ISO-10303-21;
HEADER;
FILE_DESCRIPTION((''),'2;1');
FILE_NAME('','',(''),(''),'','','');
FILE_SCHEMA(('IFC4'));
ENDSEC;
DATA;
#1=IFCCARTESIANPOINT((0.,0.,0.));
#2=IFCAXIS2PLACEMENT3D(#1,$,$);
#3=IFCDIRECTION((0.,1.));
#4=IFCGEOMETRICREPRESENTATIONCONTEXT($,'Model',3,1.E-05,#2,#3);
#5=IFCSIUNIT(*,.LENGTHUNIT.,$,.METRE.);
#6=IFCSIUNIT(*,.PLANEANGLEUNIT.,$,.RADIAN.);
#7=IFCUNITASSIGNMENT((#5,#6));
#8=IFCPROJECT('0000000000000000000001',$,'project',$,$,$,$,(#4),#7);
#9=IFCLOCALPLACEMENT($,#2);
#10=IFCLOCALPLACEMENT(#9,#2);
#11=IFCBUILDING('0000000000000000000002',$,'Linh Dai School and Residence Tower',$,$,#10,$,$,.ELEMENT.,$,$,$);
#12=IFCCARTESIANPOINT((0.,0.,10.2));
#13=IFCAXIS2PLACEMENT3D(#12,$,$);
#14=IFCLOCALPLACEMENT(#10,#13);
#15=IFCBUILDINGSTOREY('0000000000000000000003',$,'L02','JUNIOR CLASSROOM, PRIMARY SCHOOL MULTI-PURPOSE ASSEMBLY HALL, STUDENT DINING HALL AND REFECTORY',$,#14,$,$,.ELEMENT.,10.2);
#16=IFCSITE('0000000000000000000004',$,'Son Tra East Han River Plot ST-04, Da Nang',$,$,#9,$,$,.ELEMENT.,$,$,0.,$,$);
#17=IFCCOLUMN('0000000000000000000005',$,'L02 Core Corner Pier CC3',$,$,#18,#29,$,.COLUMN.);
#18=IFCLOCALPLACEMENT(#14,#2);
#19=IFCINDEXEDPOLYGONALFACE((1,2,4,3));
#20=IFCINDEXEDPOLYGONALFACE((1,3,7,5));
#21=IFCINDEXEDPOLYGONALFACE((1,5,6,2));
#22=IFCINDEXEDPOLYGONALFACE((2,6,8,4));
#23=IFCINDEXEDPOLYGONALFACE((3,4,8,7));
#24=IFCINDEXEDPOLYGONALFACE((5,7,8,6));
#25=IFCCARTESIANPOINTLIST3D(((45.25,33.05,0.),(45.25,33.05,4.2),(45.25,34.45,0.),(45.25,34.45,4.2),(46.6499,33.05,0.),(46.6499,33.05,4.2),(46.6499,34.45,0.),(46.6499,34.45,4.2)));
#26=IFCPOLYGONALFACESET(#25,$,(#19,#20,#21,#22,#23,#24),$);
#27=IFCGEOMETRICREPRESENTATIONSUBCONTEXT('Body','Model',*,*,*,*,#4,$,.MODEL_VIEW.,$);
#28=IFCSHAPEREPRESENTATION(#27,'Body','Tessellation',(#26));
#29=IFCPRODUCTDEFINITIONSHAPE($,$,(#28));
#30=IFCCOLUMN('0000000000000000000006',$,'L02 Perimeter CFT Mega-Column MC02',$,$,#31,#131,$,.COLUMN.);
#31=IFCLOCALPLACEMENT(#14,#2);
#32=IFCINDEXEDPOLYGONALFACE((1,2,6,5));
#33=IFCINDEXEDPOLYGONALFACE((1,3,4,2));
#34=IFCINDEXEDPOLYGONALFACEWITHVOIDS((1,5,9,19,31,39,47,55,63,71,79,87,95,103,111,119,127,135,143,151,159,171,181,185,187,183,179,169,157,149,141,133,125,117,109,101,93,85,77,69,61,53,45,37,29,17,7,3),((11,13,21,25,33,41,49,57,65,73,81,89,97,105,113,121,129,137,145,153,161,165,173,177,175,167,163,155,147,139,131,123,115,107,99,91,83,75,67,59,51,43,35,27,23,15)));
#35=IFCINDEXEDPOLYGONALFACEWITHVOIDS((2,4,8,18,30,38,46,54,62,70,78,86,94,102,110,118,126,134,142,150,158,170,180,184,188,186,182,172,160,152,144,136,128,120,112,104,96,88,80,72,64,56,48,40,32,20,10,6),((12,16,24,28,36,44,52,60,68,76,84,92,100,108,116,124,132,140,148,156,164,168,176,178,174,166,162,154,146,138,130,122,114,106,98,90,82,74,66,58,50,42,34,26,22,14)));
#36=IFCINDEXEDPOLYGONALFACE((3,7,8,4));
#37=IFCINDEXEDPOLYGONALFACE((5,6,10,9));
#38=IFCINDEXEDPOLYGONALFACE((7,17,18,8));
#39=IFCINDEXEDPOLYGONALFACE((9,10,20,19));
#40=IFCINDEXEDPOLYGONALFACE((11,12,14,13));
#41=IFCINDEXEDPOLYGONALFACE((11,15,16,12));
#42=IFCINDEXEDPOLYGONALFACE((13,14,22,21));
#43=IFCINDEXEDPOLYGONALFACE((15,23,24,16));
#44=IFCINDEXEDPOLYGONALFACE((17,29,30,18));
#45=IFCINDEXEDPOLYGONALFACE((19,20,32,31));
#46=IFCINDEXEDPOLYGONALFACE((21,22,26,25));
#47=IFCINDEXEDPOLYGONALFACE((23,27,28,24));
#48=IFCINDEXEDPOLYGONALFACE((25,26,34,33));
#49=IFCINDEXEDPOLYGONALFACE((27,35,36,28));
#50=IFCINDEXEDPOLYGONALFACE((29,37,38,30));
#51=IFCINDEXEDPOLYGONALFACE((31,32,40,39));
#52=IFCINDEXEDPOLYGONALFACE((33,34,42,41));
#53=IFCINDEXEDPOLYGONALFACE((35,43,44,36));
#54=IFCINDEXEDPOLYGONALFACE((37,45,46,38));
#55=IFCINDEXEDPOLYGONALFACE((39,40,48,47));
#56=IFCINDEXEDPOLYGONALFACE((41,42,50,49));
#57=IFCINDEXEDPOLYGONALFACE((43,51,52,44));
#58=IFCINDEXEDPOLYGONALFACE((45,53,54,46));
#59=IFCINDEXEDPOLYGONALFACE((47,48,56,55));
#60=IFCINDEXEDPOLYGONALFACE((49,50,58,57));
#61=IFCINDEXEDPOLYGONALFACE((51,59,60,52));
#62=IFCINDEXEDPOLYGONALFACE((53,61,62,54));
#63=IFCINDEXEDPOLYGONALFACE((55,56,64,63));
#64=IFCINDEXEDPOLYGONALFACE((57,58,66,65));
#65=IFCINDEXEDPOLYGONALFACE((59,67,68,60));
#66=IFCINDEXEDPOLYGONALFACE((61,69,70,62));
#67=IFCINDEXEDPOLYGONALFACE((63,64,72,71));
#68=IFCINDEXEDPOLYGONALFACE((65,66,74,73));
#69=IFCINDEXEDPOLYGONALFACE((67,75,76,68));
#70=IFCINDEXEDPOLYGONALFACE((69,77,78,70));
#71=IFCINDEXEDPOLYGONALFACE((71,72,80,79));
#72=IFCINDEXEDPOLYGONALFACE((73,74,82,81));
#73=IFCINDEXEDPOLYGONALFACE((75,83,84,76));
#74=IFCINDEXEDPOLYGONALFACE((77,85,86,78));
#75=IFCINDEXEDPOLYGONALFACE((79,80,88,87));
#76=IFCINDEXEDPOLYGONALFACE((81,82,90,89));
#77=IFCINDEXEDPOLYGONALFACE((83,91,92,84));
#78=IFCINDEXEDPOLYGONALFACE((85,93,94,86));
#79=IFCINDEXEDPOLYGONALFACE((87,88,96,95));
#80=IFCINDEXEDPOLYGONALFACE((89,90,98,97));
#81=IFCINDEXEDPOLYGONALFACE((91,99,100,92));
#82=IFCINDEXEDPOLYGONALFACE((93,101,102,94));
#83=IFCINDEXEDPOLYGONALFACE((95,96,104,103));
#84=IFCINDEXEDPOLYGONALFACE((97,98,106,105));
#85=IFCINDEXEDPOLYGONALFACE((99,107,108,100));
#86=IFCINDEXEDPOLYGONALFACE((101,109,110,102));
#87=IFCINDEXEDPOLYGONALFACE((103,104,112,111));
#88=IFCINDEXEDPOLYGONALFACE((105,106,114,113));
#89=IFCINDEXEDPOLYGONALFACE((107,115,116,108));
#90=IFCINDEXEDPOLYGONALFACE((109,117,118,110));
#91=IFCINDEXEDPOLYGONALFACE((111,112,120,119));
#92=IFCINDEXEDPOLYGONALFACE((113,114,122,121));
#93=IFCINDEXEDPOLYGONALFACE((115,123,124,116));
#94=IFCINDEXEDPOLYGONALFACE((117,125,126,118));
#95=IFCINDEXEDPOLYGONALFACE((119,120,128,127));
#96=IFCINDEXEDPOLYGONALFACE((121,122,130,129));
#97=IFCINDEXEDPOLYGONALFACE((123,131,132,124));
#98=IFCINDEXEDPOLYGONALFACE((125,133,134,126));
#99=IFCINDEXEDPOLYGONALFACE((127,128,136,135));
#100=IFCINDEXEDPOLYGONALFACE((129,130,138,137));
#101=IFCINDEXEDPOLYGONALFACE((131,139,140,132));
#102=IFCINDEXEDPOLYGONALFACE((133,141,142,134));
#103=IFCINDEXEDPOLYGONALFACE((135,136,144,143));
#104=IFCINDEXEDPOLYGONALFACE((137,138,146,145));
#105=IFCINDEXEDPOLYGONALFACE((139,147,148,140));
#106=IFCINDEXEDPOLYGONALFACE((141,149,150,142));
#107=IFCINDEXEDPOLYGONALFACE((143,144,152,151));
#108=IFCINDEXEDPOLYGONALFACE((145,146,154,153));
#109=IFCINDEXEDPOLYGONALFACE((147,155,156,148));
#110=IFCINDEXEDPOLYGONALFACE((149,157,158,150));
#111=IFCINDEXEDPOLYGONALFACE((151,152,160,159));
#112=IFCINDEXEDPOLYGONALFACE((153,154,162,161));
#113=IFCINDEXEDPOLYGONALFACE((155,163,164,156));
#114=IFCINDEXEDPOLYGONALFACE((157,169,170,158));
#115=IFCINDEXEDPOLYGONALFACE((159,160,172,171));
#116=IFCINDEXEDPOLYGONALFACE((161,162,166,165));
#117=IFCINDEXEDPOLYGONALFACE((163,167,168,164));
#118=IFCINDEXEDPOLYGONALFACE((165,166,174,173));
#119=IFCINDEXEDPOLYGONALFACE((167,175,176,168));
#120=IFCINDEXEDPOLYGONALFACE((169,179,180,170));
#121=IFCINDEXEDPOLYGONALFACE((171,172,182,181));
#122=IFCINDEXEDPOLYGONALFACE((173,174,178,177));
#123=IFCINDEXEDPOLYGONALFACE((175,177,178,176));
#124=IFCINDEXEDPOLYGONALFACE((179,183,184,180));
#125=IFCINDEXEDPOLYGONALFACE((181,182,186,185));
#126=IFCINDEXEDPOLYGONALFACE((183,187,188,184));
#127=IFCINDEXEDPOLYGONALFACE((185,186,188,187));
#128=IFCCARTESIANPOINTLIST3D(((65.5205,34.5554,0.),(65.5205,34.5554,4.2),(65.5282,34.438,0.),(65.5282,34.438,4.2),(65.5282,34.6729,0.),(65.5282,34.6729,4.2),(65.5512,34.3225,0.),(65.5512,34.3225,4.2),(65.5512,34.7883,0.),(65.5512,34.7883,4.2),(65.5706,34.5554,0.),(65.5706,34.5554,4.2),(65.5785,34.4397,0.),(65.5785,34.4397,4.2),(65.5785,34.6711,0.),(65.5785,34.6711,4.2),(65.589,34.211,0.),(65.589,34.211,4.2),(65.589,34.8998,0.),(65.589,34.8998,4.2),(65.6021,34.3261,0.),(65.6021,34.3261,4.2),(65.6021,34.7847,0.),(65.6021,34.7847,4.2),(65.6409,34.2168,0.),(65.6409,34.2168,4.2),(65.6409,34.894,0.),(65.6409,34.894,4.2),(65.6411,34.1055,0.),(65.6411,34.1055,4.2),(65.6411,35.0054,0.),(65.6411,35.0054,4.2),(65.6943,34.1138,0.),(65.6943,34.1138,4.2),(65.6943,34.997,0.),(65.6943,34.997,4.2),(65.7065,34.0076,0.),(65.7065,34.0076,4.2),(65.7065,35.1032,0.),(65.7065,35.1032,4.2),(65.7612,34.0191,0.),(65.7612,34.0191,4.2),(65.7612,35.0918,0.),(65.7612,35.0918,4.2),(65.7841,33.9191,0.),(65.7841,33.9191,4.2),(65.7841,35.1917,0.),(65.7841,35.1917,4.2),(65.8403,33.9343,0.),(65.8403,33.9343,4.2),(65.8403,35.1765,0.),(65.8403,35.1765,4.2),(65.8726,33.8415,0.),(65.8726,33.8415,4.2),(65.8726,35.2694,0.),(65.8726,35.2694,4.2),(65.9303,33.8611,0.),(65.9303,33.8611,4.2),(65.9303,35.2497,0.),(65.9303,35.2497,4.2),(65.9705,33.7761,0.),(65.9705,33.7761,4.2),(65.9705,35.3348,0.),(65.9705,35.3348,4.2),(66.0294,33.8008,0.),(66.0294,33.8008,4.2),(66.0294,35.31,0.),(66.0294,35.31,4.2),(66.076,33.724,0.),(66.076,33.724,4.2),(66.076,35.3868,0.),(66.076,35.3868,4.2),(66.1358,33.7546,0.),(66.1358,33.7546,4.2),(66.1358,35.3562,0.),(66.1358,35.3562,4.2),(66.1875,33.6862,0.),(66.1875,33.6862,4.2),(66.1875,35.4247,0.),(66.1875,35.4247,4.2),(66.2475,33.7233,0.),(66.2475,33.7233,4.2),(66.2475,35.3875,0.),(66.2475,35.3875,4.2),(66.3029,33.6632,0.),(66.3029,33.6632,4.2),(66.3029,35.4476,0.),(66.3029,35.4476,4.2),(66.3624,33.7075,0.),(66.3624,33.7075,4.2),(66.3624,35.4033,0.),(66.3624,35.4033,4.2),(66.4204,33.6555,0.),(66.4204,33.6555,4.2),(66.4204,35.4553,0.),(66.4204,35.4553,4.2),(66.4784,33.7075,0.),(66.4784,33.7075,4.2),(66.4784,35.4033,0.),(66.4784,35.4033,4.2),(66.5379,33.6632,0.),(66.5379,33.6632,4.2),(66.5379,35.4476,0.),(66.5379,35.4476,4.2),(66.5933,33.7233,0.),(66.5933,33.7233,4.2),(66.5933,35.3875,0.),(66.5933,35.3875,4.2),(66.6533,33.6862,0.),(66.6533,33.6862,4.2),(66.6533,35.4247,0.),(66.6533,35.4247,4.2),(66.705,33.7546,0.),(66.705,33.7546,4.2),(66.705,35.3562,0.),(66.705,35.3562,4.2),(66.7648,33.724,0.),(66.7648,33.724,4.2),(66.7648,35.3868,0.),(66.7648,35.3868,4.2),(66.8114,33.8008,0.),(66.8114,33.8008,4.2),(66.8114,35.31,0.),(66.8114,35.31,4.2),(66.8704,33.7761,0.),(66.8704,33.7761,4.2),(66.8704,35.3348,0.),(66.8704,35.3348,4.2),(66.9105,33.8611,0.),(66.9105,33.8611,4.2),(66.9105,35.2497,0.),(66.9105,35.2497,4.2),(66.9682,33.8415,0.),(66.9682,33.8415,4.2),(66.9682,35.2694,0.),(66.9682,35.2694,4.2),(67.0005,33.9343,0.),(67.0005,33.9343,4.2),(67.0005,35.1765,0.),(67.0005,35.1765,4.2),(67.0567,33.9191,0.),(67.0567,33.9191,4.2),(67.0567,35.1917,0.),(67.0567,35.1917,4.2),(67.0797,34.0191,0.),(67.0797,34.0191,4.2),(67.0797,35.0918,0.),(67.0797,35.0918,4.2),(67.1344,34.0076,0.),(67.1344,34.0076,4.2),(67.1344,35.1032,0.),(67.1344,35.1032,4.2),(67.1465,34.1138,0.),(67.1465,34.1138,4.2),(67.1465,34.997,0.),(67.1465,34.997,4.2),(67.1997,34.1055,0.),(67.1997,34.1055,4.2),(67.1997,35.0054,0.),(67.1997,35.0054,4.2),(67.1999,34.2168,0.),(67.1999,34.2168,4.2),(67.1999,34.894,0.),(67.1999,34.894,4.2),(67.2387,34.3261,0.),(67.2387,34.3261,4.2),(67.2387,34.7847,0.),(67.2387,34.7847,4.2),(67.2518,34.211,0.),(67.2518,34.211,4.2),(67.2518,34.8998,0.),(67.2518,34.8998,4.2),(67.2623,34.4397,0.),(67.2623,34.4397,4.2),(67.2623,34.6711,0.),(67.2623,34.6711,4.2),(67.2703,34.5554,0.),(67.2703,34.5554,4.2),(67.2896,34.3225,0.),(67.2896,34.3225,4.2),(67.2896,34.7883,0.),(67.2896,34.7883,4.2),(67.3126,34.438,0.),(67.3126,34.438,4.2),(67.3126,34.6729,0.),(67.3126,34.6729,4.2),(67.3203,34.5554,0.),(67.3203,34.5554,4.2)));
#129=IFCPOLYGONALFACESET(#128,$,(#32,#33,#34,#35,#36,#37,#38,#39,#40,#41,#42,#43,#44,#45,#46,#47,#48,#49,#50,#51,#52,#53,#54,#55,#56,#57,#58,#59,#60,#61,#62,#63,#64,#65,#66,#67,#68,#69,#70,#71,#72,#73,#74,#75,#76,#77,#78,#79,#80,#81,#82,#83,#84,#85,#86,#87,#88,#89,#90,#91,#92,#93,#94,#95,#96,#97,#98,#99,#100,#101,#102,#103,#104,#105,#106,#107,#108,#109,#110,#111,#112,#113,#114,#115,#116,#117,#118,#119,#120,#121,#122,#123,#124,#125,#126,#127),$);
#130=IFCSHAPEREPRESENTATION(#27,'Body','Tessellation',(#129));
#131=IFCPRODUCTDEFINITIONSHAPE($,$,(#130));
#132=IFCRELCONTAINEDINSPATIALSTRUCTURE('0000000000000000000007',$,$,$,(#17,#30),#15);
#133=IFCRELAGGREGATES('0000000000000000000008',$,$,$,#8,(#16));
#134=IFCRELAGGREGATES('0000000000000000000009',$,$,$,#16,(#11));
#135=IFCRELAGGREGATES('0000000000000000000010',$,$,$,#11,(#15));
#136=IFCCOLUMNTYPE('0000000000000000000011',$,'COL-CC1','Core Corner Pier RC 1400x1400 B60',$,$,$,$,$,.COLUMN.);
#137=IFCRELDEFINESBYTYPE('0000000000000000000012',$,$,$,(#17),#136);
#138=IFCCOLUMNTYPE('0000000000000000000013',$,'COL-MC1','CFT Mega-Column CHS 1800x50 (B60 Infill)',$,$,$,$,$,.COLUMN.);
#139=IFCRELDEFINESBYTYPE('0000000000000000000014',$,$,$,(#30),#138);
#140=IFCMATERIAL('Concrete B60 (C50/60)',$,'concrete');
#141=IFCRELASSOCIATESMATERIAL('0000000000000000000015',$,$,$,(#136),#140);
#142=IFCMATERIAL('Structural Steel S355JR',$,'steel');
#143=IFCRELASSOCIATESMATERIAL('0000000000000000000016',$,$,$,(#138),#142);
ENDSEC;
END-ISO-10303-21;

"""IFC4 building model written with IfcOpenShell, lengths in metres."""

from ifc_helpers import new_model, si_unit, direction, frame, origin, origin_2d, place, context, subcontext, project, spatial, rectangle, hollow_circle, extrude, material, material_profile, profile_set, type_object, element, save


model = new_model("IFC4")

# Units and contexts
model_context = context("Model", 3, precision=1e-05, world=origin(), true_north=direction((0.0, 1.0)))
body_context = subcontext(model_context, "Body", "Model", "MODEL_VIEW")
ifc_project = project(units=[si_unit("LENGTHUNIT", "METRE"), si_unit("PLANEANGLEUNIT", "RADIAN")], contexts=[model_context])

# Site, building, storey
site_placement = place(None, origin())
site = spatial("IfcSite", under=ifc_project, at=site_placement, Name="Son Tra East Han River Plot ST-04, Da Nang", CompositionType="ELEMENT", RefElevation=0.0)
building_placement = place(site_placement, origin())
building = spatial("IfcBuilding", under=site, at=building_placement, Name="Linh Dai School and Residence Tower", CompositionType="ELEMENT")
storey_placement = place(building_placement, frame((0.0, 0.0, 10.2)))
storey = spatial("IfcBuildingStorey", under=building, at=storey_placement, Name="L02", Description="JUNIOR CLASSROOM, PRIMARY SCHOOL MULTI-PURPOSE ASSEMBLY HALL, STUDENT DINING HALL AND REFECTORY", CompositionType="ELEMENT", Elevation=10.2)

# Columns
ifc_material_1 = material(Name="Concrete B60 (C50/60)", Category="concrete")
ifc_material_profile_1 = material_profile(ifc_material_1, rectangle(XDim=1.3999, YDim=1.3999, at=origin_2d()), Name="RC 1400x1400")
ifc_profile_set_1 = profile_set([ifc_material_profile_1], Name="Concrete B60 (C50/60)")
column_type_1 = type_object("IfcColumnType", Name="COL-CC1", Description="Core Corner Pier RC 1400x1400 B60", PredefinedType="COLUMN", material=ifc_profile_set_1)
column_placement = place(storey_placement, frame((45.95, 33.75, 0.0), z_axis=(0.0, 0.0, 1.0), x_axis=(1.0, 0.0, 0.0)))
element("IfcColumn", 1, at=column_placement, inside=storey, type_object=column_type_1, Name="L02 Core Corner Pier CC3", PredefinedType="COLUMN", context=body_context, shape_type="SweptSolid", body=[
    extrude(rectangle(XDim=1.3999, YDim=1.3999, at=origin_2d()), origin(), (0.0, 0.0, 1.0), 4.2),
])
ifc_material_2 = material(Name="Structural Steel S355JR", Category="steel")
ifc_material_profile_2 = material_profile(ifc_material_2, hollow_circle(Radius=0.8999, WallThickness=0.05, at=origin_2d()), Name="CHS 1800x50")
ifc_profile_set_2 = profile_set([ifc_material_profile_2], Name="Structural Steel S355JR")
column_type_2 = type_object("IfcColumnType", Name="COL-MC1", Description="CFT Mega-Column CHS 1800x50 (B60 Infill)", PredefinedType="COLUMN", material=ifc_profile_set_2)
for number, where, z_axis, x_axis, name in (
    (2, (66.4204, 34.5554, 0.0), (0.0, 0.0, 1.0), (1.0, 0.0, 0.0), "L02 Perimeter CFT Mega-Column MC02"),
):
    element("IfcColumn", number, at=place(storey_placement, frame(where, z_axis=z_axis, x_axis=x_axis)), inside=storey, type_object=column_type_2, Name=name, PredefinedType="COLUMN", context=body_context, shape_type="SweptSolid", body=[
        extrude(hollow_circle(Radius=0.8999, WallThickness=0.05, at=origin_2d()), origin(), (0.0, 0.0, 1.0), 4.2),
    ])

save(model, "model.ifc")
